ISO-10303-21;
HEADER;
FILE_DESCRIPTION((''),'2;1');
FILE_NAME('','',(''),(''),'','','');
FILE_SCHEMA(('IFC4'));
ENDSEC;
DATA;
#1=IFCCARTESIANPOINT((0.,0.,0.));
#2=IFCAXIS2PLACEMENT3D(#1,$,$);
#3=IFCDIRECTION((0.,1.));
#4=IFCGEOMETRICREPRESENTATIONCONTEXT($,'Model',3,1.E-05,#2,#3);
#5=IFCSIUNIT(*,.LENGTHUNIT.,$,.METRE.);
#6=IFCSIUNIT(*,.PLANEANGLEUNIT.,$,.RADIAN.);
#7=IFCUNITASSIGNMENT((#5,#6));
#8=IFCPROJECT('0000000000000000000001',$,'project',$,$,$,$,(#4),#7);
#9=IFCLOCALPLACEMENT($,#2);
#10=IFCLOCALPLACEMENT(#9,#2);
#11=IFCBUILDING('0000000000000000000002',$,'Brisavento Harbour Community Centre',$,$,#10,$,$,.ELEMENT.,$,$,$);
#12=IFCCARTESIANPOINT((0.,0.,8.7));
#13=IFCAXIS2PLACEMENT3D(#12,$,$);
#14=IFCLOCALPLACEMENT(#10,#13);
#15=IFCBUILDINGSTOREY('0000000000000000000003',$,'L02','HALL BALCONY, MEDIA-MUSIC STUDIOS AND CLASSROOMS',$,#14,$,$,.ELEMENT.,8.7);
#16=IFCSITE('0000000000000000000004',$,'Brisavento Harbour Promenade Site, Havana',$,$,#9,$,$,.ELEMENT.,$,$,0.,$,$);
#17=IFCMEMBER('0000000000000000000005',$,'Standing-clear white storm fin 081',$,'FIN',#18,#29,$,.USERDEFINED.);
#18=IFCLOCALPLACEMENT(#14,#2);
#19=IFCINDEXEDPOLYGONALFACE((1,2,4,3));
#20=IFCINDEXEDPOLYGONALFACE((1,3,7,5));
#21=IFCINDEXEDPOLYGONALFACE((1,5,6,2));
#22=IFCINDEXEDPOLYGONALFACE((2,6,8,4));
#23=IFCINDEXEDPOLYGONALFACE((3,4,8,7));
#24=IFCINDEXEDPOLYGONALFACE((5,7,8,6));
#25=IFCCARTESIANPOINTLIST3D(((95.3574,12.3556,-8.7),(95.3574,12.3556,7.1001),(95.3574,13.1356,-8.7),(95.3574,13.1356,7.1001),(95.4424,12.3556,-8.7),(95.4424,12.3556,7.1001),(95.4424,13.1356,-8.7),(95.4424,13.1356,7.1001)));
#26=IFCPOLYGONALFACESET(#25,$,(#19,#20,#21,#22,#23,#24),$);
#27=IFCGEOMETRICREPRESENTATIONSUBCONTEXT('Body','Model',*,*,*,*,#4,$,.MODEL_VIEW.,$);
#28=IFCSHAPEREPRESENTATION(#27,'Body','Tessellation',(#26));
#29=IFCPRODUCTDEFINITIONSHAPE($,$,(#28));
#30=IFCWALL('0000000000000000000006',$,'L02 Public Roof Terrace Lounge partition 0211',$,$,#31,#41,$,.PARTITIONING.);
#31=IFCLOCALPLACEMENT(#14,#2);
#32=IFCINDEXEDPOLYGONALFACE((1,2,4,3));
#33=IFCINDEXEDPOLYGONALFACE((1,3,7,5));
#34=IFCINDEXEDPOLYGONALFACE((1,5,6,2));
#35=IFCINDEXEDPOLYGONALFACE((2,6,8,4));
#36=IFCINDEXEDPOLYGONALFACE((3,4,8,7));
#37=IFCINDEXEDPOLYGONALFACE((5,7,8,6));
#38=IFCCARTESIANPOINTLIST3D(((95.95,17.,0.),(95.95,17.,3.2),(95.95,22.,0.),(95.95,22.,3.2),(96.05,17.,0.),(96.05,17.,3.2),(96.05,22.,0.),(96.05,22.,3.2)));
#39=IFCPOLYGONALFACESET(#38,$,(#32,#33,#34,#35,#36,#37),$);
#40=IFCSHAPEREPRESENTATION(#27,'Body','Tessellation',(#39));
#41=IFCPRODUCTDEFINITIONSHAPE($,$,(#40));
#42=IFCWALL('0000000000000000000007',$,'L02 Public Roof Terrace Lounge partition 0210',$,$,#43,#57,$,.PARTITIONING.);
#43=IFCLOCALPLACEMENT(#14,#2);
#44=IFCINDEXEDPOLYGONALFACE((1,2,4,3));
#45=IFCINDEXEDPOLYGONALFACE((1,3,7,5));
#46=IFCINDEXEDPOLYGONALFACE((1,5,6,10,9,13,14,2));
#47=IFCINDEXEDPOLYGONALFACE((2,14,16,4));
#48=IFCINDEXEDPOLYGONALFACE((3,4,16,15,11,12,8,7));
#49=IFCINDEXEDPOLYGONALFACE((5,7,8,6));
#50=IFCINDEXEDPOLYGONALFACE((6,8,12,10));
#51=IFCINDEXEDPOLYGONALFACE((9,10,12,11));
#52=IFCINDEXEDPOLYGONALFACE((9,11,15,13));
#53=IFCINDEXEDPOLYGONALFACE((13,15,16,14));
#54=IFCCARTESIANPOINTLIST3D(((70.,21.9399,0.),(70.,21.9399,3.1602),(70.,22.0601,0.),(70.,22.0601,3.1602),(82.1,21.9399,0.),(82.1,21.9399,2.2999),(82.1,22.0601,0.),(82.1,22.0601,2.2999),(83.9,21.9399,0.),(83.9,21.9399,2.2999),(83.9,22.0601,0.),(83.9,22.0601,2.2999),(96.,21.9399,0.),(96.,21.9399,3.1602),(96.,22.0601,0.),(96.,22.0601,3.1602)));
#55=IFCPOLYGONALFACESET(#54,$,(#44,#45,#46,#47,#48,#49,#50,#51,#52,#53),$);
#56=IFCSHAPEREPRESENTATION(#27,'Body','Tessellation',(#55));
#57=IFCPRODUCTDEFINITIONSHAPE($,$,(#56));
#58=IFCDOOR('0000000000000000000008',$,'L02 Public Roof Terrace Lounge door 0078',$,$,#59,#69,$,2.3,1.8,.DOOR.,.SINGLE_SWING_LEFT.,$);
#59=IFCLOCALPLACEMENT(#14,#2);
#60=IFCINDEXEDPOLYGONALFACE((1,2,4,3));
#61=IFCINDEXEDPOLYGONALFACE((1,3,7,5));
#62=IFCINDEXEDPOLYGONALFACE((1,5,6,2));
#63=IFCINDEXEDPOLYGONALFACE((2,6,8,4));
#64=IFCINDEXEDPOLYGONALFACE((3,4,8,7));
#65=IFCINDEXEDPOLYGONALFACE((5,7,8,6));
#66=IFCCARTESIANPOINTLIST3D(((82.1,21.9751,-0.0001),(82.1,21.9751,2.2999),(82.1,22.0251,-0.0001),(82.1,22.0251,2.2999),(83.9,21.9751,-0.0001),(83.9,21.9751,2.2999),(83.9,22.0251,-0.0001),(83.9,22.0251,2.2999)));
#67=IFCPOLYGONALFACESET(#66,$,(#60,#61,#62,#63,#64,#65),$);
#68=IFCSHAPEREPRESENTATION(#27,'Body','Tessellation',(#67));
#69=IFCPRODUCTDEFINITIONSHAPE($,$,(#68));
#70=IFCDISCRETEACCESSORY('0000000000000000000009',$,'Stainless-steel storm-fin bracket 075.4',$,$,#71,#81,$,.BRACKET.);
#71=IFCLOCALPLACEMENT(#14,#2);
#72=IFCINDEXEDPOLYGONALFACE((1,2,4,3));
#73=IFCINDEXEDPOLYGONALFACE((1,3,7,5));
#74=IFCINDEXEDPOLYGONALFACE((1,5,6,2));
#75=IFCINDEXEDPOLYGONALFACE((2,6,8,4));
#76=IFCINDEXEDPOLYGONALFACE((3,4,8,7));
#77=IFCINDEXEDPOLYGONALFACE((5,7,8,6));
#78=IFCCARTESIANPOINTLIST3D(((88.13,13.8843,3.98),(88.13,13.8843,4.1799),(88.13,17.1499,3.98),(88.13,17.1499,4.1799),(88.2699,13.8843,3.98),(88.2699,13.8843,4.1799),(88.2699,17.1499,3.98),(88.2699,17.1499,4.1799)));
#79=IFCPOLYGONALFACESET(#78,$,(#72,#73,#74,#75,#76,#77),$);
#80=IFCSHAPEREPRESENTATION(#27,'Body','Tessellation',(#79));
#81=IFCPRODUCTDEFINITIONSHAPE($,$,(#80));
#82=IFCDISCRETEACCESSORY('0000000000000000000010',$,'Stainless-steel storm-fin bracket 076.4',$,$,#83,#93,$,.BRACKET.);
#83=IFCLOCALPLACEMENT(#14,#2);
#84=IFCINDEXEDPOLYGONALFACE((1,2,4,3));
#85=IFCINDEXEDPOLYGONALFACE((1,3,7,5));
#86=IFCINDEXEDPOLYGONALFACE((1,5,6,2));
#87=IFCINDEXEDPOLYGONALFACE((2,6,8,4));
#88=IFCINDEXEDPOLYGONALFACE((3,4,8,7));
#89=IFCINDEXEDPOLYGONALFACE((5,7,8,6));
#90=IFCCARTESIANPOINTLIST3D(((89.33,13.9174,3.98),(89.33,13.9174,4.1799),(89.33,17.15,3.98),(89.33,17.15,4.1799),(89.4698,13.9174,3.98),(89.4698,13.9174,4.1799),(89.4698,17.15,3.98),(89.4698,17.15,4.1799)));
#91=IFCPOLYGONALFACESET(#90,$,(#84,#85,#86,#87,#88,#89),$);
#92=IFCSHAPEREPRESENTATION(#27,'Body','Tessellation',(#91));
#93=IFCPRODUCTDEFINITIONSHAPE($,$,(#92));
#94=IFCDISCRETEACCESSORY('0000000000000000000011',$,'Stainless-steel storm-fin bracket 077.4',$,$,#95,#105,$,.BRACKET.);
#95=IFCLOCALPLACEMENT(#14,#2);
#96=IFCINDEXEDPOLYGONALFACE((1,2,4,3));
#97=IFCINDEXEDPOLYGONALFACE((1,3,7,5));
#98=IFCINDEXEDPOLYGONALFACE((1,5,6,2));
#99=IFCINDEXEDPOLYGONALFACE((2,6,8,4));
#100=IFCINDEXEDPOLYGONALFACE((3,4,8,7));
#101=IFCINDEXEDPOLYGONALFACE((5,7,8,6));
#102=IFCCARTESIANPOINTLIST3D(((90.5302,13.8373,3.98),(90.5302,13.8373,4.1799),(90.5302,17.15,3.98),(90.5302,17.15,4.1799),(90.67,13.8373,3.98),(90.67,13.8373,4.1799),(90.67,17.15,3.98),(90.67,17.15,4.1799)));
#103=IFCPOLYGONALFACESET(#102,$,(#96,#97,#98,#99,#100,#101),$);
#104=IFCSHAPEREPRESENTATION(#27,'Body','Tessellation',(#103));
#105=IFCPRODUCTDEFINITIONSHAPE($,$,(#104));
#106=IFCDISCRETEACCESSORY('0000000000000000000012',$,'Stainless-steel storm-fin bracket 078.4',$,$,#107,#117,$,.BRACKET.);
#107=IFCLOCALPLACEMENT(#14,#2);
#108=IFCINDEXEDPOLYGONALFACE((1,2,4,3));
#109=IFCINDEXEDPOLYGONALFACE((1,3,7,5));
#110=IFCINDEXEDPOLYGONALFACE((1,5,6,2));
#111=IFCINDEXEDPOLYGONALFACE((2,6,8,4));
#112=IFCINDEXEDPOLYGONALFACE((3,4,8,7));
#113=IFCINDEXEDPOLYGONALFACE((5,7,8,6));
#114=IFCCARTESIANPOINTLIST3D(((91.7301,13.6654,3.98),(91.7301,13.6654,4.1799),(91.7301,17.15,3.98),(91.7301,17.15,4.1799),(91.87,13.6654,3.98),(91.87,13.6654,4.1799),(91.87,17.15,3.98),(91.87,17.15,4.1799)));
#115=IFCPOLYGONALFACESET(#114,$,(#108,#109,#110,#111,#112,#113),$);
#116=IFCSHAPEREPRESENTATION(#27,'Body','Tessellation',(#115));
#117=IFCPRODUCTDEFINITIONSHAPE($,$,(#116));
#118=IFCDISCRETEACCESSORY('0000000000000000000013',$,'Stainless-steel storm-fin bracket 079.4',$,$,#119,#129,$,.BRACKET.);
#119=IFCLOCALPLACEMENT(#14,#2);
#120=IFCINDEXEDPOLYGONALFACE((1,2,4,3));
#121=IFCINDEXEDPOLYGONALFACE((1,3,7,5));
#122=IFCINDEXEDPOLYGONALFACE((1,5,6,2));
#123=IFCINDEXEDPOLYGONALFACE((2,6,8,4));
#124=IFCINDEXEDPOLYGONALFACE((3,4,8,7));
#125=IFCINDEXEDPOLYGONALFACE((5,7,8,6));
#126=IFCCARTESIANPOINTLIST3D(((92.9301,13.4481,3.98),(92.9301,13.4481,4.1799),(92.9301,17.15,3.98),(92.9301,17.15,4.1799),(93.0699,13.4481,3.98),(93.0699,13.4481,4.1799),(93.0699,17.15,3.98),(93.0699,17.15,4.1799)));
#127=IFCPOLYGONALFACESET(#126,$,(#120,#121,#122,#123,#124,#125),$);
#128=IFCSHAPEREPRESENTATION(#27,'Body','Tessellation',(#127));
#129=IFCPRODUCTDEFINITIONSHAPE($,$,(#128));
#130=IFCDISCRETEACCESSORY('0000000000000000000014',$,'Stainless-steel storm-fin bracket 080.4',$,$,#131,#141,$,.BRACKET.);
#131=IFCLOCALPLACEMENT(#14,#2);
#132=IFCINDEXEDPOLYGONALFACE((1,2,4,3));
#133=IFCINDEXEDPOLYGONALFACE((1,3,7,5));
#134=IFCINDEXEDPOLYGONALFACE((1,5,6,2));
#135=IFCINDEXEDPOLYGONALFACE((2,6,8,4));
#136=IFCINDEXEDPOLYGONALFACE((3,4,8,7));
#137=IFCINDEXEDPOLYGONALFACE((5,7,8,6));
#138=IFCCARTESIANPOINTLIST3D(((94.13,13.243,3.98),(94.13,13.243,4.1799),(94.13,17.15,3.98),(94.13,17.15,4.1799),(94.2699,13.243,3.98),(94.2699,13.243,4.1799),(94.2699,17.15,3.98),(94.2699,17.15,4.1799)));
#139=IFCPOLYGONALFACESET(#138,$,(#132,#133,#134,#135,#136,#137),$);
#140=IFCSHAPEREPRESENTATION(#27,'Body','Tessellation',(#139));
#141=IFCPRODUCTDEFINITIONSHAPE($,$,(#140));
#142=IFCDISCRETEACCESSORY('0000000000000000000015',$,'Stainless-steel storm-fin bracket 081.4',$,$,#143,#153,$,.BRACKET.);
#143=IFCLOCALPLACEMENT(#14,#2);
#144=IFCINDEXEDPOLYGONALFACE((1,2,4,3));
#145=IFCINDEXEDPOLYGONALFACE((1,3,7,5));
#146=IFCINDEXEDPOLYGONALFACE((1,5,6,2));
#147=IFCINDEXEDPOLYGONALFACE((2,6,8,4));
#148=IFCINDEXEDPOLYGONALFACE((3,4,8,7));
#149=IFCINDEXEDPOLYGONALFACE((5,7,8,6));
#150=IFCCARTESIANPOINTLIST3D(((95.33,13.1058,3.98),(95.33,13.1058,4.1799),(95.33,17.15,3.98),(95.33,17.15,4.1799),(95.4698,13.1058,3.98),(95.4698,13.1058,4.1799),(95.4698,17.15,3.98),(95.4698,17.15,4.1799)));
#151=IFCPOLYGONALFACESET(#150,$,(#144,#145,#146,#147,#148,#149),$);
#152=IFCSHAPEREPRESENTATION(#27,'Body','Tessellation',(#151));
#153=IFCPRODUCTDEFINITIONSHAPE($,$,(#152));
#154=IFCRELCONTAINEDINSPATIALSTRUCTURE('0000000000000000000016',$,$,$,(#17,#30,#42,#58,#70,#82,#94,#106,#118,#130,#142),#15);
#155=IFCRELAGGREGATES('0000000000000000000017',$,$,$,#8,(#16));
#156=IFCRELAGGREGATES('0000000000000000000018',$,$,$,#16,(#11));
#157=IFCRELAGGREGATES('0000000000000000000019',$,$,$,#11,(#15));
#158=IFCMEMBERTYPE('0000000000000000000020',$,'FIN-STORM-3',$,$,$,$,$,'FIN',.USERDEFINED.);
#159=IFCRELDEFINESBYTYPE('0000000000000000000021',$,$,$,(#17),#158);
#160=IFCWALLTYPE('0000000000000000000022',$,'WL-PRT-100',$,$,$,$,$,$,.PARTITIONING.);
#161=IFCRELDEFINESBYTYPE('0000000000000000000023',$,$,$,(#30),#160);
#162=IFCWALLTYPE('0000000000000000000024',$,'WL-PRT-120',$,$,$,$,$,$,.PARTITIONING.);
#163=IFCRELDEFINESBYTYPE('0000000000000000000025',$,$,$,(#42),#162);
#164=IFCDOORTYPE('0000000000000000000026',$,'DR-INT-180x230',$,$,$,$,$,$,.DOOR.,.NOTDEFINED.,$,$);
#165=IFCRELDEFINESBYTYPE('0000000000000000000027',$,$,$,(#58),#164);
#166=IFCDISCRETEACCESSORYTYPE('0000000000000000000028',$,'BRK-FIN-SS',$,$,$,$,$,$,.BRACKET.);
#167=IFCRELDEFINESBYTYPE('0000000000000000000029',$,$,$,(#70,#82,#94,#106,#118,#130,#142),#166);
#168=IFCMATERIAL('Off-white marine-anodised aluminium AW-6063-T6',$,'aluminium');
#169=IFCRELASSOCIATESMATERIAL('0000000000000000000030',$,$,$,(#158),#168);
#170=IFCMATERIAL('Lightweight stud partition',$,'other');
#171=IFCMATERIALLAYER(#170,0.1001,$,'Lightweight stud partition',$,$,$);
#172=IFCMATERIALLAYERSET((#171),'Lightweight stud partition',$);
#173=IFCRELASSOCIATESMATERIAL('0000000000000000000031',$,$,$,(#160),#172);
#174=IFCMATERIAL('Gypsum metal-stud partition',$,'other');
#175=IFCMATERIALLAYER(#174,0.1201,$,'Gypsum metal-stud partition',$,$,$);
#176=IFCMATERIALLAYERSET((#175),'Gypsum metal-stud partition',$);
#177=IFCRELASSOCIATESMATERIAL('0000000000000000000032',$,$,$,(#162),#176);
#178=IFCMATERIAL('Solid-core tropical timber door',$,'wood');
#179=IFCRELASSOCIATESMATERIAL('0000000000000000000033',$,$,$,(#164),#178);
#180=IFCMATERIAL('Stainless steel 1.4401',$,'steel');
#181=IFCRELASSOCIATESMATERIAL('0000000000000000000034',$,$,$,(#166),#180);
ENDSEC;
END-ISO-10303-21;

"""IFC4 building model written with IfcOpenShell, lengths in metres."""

from ifc_helpers import new_model, si_unit, direction, frame, frame_2d, origin, origin_2d, place, context, subcontext, project, spatial, rectangle, extrude, material, layer, layer_set, material_profile, profile_set, type_object, element, fill, save


model = new_model("IFC4")

# Units and contexts
model_context = context("Model", 3, precision=1e-05, world=origin(), true_north=direction((0.0, 1.0)))
body_context = subcontext(model_context, "Body", "Model", "MODEL_VIEW")
ifc_project = project(units=[si_unit("LENGTHUNIT", "METRE"), si_unit("PLANEANGLEUNIT", "RADIAN")], contexts=[model_context])

# Site, building, storey
site_placement = place(None, origin())
site = spatial("IfcSite", under=ifc_project, at=site_placement, Name="Brisavento Harbour Promenade Site, Havana", CompositionType="ELEMENT", RefElevation=0.0)
building_placement = place(site_placement, origin())
building = spatial("IfcBuilding", under=site, at=building_placement, Name="Brisavento Harbour Community Centre", CompositionType="ELEMENT")
storey_placement = place(building_placement, frame((0.0, 0.0, 8.7)))
storey = spatial("IfcBuildingStorey", under=building, at=storey_placement, Name="L02", Description="HALL BALCONY, MEDIA-MUSIC STUDIOS AND CLASSROOMS", CompositionType="ELEMENT", Elevation=8.7)

# Member
ifc_material_1 = material(Name="Off-white marine-anodised aluminium AW-6063-T6", Category="aluminium")
ifc_material_profile_1 = material_profile(ifc_material_1, rectangle(XDim=0.085, YDim=0.78, at=origin_2d()), Name="Off-white marine-anodised aluminium AW-6063-T6")
ifc_profile_set_1 = profile_set([ifc_material_profile_1], Name="Off-white marine-anodised aluminium AW-6063-T6")
member_type_1 = type_object("IfcMemberType", Name="FIN-STORM-3", ElementType="FIN", PredefinedType="USERDEFINED", material=ifc_profile_set_1)
member_1_placement = place(storey_placement, frame((95.3999, 12.7456, -8.7), z_axis=(0.0, 0.0, 1.0), x_axis=(-1.0, 0.0, 0.0)))
element("IfcMember", 1, at=member_1_placement, inside=storey, type_object=member_type_1, Name="Standing-clear white storm fin 081", ObjectType="FIN", PredefinedType="USERDEFINED", context=body_context, shape_type="SweptSolid", body=[
    extrude(rectangle(XDim=0.085, YDim=0.78, at=origin_2d()), origin(), (0.0, 0.0, 1.0), 15.8),
])

# Wall
ifc_material_2 = material(Name="Lightweight stud partition", Category="other")
ifc_layer_1 = layer(ifc_material_2, 0.1001, Name="Lightweight stud partition")
ifc_layer_set_1 = layer_set([ifc_layer_1], Name="Lightweight stud partition")
wall_type_1 = type_object("IfcWallType", Name="WL-PRT-100", PredefinedType="PARTITIONING", material=ifc_layer_set_1)
wall_1_placement = place(storey_placement, frame((96.0, 17.0, 0.0), z_axis=(0.0, 0.0, 1.0), x_axis=(0.0, 1.0, 0.0)))
element("IfcWall", 2, at=wall_1_placement, inside=storey, type_object=wall_type_1, Name="L02 Public Roof Terrace Lounge partition 0211", PredefinedType="PARTITIONING", context=body_context, shape_type="SweptSolid", body=[
    extrude(rectangle(XDim=5.0, YDim=0.1001, at=frame_2d((2.5, 0.0))), origin(), (0.0, 0.0, 1.0), 3.2),
])

# Wall, opening, door
ifc_material_3 = material(Name="Gypsum metal-stud partition", Category="other")
ifc_layer_2 = layer(ifc_material_3, 0.1201, Name="Gypsum metal-stud partition")
ifc_layer_set_2 = layer_set([ifc_layer_2], Name="Gypsum metal-stud partition")
wall_type_2 = type_object("IfcWallType", Name="WL-PRT-120", PredefinedType="PARTITIONING", material=ifc_layer_set_2)
wall_2_placement = place(storey_placement, frame((96.0, 22.0, 0.0), z_axis=(0.0, 0.0, 1.0), x_axis=(-1.0, 0.0, 0.0)))
wall_2 = element("IfcWall", 3, at=wall_2_placement, inside=storey, type_object=wall_type_2, Name="L02 Public Roof Terrace Lounge partition 0210", PredefinedType="PARTITIONING", context=body_context, shape_type="SweptSolid", body=[
    extrude(rectangle(XDim=26.0, YDim=0.1201, at=frame_2d((13.0, 0.0))), origin(), (0.0, 0.0, 1.0), 3.1602),
])
opening_placement = place(wall_2_placement, frame((12.1001, 0.0, 0.0)))
opening = element("IfcOpeningElement", 4, at=opening_placement, cuts=wall_2, PredefinedType="OPENING", context=body_context, shape_type="SweptSolid", body=[
    extrude(rectangle(XDim=1.8, YDim=2.3, at=frame_2d((0.8999, 1.1499))), frame((0.0, 0.0701, 0.0), z_axis=(0.0, -1.0, 0.0), x_axis=(1.0, 0.0, 0.0)), (0.0, 0.0, 1.0), 0.1401),
])
ifc_material_4 = material(Name="Solid-core tropical timber door", Category="wood")
door_type = type_object("IfcDoorType", Name="DR-INT-180x230", OperationType="NOTDEFINED", PredefinedType="DOOR", material=ifc_material_4)
door_placement = place(opening_placement, origin())
door = element("IfcDoor", 5, at=door_placement, inside=storey, type_object=door_type, Name="L02 Public Roof Terrace Lounge door 0078", OperationType="SINGLE_SWING_LEFT", OverallHeight=2.3, OverallWidth=1.8, PredefinedType="DOOR", context=body_context, shape_type="SweptSolid", body=[
    extrude(rectangle(XDim=1.8, YDim=2.3, at=frame_2d((0.8999, 1.1499))), frame((0.0, 0.0249, 0.0), z_axis=(0.0, -1.0, 0.0), x_axis=(1.0, 0.0, 0.0)), (0.0, 0.0, 1.0), 0.05),
])
fill(opening, door)

# Discrete accessories
ifc_material_5 = material(Name="Stainless steel 1.4401", Category="steel")
discrete_accessory_type = type_object("IfcDiscreteAccessoryType", Name="BRK-FIN-SS", PredefinedType="BRACKET", material=ifc_material_5)
discrete_accessory_1_placement = place(storey_placement, frame((88.2, 15.5171, 3.98), z_axis=(0.0, 0.0, 1.0), x_axis=(0.0, -1.0, 0.0)))
element("IfcDiscreteAccessory", 6, at=discrete_accessory_1_placement, inside=storey, type_object=discrete_accessory_type, Name="Stainless-steel storm-fin bracket 075.4", PredefinedType="BRACKET", context=body_context, shape_type="SweptSolid", body=[
    extrude(rectangle(XDim=3.2656, YDim=0.1399, at=origin_2d()), origin(), (0.0, 0.0, 1.0), 0.2),
])
discrete_accessory_2_placement = place(storey_placement, frame((89.3999, 15.5337, 3.98), z_axis=(0.0, 0.0, 1.0), x_axis=(0.0, -1.0, 0.0)))
element("IfcDiscreteAccessory", 7, at=discrete_accessory_2_placement, inside=storey, type_object=discrete_accessory_type, Name="Stainless-steel storm-fin bracket 076.4", PredefinedType="BRACKET", context=body_context, shape_type="SweptSolid", body=[
    extrude(rectangle(XDim=3.2327, YDim=0.1399, at=origin_2d()), origin(), (0.0, 0.0, 1.0), 0.2),
])
discrete_accessory_3_placement = place(storey_placement, frame((90.6001, 15.4937, 3.98), z_axis=(0.0, 0.0, 1.0), x_axis=(0.0, -1.0, 0.0)))
element("IfcDiscreteAccessory", 8, at=discrete_accessory_3_placement, inside=storey, type_object=discrete_accessory_type, Name="Stainless-steel storm-fin bracket 077.4", PredefinedType="BRACKET", context=body_context, shape_type="SweptSolid", body=[
    extrude(rectangle(XDim=3.3127, YDim=0.1399, at=origin_2d()), origin(), (0.0, 0.0, 1.0), 0.2),
])
discrete_accessory_4_placement = place(storey_placement, frame((91.8, 15.4077, 3.98), z_axis=(0.0, 0.0, 1.0), x_axis=(0.0, -1.0, 0.0)))
element("IfcDiscreteAccessory", 9, at=discrete_accessory_4_placement, inside=storey, type_object=discrete_accessory_type, Name="Stainless-steel storm-fin bracket 078.4", PredefinedType="BRACKET", context=body_context, shape_type="SweptSolid", body=[
    extrude(rectangle(XDim=3.4846, YDim=0.1399, at=origin_2d()), origin(), (0.0, 0.0, 1.0), 0.2),
])
discrete_accessory_5_placement = place(storey_placement, frame((93.0, 15.2991, 3.98), z_axis=(0.0, 0.0, 1.0), x_axis=(0.0, -1.0, 0.0)))
element("IfcDiscreteAccessory", 10, at=discrete_accessory_5_placement, inside=storey, type_object=discrete_accessory_type, Name="Stainless-steel storm-fin bracket 079.4", PredefinedType="BRACKET", context=body_context, shape_type="SweptSolid", body=[
    extrude(rectangle(XDim=3.7019, YDim=0.1399, at=origin_2d()), origin(), (0.0, 0.0, 1.0), 0.2),
])
discrete_accessory_6_placement = place(storey_placement, frame((94.2, 15.1965, 3.98), z_axis=(0.0, 0.0, 1.0), x_axis=(0.0, -1.0, 0.0)))
element("IfcDiscreteAccessory", 11, at=discrete_accessory_6_placement, inside=storey, type_object=discrete_accessory_type, Name="Stainless-steel storm-fin bracket 080.4", PredefinedType="BRACKET", context=body_context, shape_type="SweptSolid", body=[
    extrude(rectangle(XDim=3.907, YDim=0.1399, at=origin_2d()), origin(), (0.0, 0.0, 1.0), 0.2),
])
discrete_accessory_7_placement = place(storey_placement, frame((95.3999, 15.1279, 3.98), z_axis=(0.0, 0.0, 1.0), x_axis=(0.0, -1.0, 0.0)))
element("IfcDiscreteAccessory", 12, at=discrete_accessory_7_placement, inside=storey, type_object=discrete_accessory_type, Name="Stainless-steel storm-fin bracket 081.4", PredefinedType="BRACKET", context=body_context, shape_type="SweptSolid", body=[
    extrude(rectangle(XDim=4.0442, YDim=0.1399, at=origin_2d()), origin(), (0.0, 0.0, 1.0), 0.2),
])

save(model, "model.ifc")
